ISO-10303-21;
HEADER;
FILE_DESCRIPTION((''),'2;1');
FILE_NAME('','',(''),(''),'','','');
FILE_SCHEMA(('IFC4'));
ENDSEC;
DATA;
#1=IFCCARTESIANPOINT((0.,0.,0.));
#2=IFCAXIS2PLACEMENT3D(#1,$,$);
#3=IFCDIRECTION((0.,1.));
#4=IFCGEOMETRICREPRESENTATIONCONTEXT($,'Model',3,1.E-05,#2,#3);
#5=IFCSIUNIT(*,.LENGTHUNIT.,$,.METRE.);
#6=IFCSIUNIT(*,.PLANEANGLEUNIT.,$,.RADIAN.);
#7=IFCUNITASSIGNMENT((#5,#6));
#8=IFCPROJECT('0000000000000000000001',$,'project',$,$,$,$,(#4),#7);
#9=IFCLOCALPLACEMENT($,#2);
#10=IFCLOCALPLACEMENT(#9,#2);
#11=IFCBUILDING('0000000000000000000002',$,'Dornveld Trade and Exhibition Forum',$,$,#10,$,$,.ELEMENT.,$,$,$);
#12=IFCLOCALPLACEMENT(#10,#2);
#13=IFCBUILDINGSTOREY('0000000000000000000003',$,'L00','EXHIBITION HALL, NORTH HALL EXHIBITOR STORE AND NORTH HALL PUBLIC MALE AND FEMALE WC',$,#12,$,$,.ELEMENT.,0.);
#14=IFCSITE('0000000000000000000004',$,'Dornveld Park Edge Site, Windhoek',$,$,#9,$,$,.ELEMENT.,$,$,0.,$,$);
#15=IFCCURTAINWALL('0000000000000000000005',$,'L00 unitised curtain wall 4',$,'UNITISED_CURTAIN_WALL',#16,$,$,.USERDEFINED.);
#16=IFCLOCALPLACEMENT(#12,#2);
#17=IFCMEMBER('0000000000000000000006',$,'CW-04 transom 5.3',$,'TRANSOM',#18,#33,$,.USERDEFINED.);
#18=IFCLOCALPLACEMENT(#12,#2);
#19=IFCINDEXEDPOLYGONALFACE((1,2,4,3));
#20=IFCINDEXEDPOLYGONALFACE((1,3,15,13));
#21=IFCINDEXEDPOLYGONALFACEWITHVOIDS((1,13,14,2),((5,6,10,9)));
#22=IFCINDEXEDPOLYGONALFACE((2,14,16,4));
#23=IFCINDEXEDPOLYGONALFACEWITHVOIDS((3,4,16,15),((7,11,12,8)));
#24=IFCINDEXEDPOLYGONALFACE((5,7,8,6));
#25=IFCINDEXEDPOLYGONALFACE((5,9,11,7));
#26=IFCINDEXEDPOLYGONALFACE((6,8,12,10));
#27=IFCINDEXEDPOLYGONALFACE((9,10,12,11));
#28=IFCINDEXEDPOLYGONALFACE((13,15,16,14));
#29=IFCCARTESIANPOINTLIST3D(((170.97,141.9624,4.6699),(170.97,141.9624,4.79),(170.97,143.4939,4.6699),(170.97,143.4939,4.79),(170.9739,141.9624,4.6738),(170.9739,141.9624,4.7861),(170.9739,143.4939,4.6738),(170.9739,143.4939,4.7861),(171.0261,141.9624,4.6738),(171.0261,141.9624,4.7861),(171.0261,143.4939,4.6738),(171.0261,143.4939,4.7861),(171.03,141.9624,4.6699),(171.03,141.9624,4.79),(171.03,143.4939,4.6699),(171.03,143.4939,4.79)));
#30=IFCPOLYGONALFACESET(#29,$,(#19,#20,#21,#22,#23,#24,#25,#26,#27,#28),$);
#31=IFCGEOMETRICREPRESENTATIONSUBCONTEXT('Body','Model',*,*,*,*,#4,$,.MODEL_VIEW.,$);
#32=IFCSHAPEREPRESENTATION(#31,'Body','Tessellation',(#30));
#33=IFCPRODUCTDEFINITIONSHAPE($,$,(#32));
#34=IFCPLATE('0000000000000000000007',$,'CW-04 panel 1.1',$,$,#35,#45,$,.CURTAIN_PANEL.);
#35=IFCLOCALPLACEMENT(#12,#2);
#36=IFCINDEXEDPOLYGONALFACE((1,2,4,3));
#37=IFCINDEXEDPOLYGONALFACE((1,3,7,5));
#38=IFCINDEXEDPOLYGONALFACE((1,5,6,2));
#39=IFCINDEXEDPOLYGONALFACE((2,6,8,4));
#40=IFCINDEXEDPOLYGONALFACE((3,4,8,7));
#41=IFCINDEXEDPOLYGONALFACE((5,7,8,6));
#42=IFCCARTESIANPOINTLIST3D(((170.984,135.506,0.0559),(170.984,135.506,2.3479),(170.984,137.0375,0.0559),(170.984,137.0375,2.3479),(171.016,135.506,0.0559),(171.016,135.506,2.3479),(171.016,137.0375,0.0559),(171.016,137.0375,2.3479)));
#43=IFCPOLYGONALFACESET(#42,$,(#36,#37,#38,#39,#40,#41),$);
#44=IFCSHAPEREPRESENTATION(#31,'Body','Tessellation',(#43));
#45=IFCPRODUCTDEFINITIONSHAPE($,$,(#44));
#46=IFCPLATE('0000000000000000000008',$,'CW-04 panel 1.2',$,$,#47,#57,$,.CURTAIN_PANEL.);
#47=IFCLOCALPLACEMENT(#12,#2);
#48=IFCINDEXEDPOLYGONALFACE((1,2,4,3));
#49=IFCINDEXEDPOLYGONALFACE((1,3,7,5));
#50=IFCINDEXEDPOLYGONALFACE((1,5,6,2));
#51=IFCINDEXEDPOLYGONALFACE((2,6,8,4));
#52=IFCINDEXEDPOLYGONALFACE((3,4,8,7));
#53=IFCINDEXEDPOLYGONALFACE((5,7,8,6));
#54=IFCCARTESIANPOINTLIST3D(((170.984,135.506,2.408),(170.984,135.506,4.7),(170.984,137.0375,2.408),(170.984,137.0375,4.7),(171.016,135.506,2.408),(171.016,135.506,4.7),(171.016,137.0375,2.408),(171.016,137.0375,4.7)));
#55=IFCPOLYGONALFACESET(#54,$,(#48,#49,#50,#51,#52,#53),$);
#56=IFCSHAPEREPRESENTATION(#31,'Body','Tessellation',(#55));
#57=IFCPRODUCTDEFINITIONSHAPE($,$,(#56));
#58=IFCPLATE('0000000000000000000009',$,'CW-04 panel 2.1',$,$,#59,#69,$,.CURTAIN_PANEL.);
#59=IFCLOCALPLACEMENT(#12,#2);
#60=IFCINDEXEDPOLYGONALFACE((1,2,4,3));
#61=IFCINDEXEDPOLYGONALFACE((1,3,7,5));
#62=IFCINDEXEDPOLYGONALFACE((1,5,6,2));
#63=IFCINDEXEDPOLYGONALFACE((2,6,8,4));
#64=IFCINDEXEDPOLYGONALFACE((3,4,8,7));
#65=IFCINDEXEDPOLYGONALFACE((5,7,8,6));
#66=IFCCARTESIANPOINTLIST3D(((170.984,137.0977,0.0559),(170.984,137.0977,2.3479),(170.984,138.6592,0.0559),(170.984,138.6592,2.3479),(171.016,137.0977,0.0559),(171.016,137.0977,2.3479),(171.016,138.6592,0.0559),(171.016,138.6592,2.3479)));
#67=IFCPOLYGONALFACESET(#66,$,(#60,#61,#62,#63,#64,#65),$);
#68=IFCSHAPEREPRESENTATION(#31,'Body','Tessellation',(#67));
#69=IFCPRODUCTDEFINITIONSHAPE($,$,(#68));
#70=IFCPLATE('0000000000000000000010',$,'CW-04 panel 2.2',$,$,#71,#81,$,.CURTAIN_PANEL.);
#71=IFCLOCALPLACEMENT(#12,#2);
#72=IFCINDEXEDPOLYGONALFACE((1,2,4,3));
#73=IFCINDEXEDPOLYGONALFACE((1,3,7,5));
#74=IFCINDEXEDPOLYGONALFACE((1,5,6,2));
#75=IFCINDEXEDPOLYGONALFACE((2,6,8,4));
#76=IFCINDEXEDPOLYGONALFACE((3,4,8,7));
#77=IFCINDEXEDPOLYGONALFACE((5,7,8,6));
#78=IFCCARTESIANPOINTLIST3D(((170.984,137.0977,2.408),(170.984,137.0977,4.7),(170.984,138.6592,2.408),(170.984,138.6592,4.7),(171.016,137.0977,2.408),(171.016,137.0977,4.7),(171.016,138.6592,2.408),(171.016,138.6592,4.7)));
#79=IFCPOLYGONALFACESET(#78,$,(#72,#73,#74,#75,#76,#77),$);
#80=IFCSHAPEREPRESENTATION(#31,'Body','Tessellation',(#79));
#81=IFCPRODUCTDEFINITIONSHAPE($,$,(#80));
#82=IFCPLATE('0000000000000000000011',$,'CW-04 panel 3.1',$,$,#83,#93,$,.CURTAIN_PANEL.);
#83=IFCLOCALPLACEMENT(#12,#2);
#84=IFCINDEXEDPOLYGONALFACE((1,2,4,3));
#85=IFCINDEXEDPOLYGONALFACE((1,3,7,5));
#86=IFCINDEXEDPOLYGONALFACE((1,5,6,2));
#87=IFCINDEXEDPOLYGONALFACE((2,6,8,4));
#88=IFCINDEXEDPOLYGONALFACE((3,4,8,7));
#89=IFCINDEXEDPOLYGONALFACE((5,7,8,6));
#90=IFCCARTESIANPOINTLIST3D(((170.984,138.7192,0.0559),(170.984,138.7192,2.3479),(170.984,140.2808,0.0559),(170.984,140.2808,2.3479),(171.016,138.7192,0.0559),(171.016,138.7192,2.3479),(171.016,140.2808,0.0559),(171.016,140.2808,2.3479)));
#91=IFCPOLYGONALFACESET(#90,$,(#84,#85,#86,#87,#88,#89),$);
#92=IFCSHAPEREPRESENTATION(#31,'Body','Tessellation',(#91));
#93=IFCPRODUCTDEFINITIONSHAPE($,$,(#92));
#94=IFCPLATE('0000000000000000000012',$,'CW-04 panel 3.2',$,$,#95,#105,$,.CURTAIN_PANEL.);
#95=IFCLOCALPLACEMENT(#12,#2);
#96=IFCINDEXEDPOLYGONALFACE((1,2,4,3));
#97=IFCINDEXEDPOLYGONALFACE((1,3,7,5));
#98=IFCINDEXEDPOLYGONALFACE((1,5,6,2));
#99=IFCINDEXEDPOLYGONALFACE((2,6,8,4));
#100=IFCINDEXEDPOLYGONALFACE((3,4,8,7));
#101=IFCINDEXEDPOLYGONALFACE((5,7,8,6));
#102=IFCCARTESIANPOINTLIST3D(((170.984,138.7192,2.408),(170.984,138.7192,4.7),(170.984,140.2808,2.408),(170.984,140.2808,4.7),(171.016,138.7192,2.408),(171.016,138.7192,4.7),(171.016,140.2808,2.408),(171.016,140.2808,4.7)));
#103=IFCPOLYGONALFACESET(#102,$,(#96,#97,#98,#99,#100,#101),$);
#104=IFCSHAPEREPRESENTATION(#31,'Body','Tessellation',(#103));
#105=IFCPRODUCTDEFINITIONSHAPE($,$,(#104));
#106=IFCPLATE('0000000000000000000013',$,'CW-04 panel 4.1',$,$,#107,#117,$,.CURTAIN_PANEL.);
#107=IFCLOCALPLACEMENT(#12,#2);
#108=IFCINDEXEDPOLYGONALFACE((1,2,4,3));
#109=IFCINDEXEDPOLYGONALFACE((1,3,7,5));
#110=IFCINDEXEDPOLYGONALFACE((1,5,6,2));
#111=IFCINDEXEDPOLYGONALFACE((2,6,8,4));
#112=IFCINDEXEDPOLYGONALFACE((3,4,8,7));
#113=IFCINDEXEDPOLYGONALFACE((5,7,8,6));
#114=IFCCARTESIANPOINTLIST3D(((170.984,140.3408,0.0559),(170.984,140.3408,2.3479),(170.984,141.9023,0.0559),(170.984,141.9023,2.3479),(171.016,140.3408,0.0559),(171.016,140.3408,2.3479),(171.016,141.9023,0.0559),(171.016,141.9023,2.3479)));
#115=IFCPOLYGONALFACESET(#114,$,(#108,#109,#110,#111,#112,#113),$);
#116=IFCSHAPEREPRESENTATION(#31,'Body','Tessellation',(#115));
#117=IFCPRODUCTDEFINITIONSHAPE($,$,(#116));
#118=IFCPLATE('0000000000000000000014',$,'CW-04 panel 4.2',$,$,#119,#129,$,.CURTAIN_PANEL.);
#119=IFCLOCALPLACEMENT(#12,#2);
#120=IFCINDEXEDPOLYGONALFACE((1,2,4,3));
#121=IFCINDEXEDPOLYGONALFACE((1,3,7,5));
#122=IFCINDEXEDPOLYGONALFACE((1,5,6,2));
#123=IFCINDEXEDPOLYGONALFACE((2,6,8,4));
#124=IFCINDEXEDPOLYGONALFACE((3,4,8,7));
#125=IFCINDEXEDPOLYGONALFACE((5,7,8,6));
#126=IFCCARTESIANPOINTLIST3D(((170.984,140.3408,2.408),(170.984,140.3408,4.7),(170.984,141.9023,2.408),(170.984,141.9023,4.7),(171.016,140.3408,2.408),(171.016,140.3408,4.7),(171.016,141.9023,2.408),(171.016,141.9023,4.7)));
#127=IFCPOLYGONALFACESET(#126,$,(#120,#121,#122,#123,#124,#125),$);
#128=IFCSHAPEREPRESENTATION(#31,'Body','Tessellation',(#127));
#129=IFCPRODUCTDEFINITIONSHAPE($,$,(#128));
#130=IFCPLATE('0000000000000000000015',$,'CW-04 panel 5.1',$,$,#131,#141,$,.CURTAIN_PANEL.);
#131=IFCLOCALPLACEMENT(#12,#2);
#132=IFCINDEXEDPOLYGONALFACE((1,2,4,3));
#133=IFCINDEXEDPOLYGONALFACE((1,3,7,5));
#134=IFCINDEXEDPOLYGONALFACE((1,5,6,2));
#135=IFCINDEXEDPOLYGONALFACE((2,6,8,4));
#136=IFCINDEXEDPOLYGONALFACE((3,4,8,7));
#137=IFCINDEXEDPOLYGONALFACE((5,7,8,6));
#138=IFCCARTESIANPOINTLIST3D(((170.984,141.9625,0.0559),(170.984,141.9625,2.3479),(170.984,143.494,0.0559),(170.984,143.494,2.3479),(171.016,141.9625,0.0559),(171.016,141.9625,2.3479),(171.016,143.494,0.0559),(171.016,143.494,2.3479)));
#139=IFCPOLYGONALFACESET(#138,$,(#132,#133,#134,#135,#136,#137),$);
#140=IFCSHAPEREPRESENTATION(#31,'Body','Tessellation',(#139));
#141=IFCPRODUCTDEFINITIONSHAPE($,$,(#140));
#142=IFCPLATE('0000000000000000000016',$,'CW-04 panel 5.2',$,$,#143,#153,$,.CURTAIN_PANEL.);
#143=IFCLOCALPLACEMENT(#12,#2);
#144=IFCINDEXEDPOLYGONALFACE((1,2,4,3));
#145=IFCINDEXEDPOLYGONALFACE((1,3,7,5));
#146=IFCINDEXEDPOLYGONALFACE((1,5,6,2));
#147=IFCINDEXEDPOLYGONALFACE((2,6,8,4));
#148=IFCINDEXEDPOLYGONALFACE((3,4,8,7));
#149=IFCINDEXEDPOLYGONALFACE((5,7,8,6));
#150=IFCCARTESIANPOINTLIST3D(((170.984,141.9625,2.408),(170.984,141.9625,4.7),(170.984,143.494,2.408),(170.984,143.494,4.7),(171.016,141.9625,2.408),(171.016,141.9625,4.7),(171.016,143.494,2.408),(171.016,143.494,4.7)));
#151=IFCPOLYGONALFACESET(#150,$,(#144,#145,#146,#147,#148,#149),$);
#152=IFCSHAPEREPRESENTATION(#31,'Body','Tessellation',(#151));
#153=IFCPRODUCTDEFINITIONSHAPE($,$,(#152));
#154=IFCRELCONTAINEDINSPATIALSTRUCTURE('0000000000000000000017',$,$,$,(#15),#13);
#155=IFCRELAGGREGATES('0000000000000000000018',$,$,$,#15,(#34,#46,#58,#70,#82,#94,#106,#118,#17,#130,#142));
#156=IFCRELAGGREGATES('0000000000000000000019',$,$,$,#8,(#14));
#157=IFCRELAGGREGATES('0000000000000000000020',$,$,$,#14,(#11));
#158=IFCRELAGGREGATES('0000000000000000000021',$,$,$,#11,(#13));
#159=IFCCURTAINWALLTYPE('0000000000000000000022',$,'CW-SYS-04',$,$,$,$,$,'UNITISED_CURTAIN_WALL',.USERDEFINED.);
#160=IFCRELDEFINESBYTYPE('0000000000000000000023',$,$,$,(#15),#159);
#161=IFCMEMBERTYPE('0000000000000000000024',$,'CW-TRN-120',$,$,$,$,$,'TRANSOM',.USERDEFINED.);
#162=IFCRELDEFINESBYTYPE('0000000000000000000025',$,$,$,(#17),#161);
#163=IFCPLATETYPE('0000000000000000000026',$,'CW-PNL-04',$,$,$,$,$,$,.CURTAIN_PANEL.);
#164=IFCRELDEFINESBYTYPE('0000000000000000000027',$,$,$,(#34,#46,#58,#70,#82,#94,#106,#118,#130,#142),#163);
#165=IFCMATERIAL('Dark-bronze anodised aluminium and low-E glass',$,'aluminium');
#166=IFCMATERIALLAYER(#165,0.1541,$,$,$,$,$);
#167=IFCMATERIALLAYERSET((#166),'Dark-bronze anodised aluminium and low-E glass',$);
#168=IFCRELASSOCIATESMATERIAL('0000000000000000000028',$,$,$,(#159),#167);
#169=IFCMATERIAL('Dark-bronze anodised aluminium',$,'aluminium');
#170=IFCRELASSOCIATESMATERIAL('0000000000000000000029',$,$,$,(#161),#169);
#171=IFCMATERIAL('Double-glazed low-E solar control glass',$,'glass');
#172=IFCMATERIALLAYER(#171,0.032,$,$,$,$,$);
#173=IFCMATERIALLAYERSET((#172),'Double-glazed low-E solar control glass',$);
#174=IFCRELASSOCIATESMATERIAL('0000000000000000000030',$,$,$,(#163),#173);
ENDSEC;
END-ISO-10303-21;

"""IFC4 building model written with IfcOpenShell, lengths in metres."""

from ifc_helpers import new_model, si_unit, direction, frame, origin, origin_2d, place, context, subcontext, project, spatial, rectangle, hollow_rectangle, extrude, material, layer, layer_set, material_profile, profile_set, type_object, element, aggregate, save


model = new_model("IFC4")

# Units and contexts
model_context = context("Model", 3, precision=1e-05, world=origin(), true_north=direction((0.0, 1.0)))
body_context = subcontext(model_context, "Body", "Model", "MODEL_VIEW")
ifc_project = project(units=[si_unit("LENGTHUNIT", "METRE"), si_unit("PLANEANGLEUNIT", "RADIAN")], contexts=[model_context])

# Site, building, storey
site_placement = place(None, origin())
site = spatial("IfcSite", under=ifc_project, at=site_placement, Name="Dornveld Park Edge Site, Windhoek", CompositionType="ELEMENT", RefElevation=0.0)
building_placement = place(site_placement, origin())
building = spatial("IfcBuilding", under=site, at=building_placement, Name="Dornveld Trade and Exhibition Forum", CompositionType="ELEMENT")
storey_placement = place(building_placement, origin())
storey = spatial("IfcBuildingStorey", under=building, at=storey_placement, Name="L00", Description="EXHIBITION HALL, NORTH HALL EXHIBITOR STORE AND NORTH HALL PUBLIC MALE AND FEMALE WC", CompositionType="ELEMENT", Elevation=0.0)

# Curtain wall, member, plates
ifc_material_1 = material(Name="Dark-bronze anodised aluminium and low-E glass", Category="aluminium")
ifc_layer_1 = layer(ifc_material_1, 0.1541)
ifc_layer_set_1 = layer_set([ifc_layer_1], Name="Dark-bronze anodised aluminium and low-E glass")
curtain_wall_type = type_object("IfcCurtainWallType", Name="CW-SYS-04", ElementType="UNITISED_CURTAIN_WALL", PredefinedType="USERDEFINED", material=ifc_layer_set_1)
curtain_wall_placement = place(storey_placement, origin())
curtain_wall = element("IfcCurtainWall", 1, at=curtain_wall_placement, inside=storey, type_object=curtain_wall_type, Name="L00 unitised curtain wall 4", ObjectType="UNITISED_CURTAIN_WALL", PredefinedType="USERDEFINED")
ifc_material_2 = material(Name="Dark-bronze anodised aluminium", Category="aluminium")
ifc_material_profile_1 = material_profile(ifc_material_2, hollow_rectangle(XDim=0.0601, YDim=0.1201, WallThickness=0.0039, at=origin_2d()), Name="RHS 120x60x4")
ifc_profile_set_1 = profile_set([ifc_material_profile_1], Name="Dark-bronze anodised aluminium")
member_type_1 = type_object("IfcMemberType", Name="CW-TRN-120", ElementType="TRANSOM", PredefinedType="USERDEFINED", material=ifc_profile_set_1)
member_1_placement = place(storey_placement, frame((171.0, 141.9624, 4.73), z_axis=(0.0, 1.0, 0.0), x_axis=(-1.0, 0.0, 0.0)))
member_1 = element("IfcMember", 2, at=member_1_placement, type_object=member_type_1, Name="CW-04 transom 5.3", ObjectType="TRANSOM", PredefinedType="USERDEFINED", context=body_context, shape_type="SweptSolid", body=[
    extrude(hollow_rectangle(XDim=0.0601, YDim=0.1201, WallThickness=0.0039, at=origin_2d()), origin(), (0.0, 0.0, 1.0), 1.5315),
])
ifc_material_3 = material(Name="Double-glazed low-E solar control glass", Category="glass")
ifc_layer_2 = layer(ifc_material_3, 0.032)
ifc_layer_set_2 = layer_set([ifc_layer_2], Name="Double-glazed low-E solar control glass")
plate_type = type_object("IfcPlateType", Name="CW-PNL-04", PredefinedType="CURTAIN_PANEL", material=ifc_layer_set_2)
plate_1_placement = place(storey_placement, frame((171.0, 136.2717, 0.0559), z_axis=(0.0, 0.0, 1.0), x_axis=(0.0, 1.0, 0.0)))
plate_1 = element("IfcPlate", 3, at=plate_1_placement, type_object=plate_type, Name="CW-04 panel 1.1", PredefinedType="CURTAIN_PANEL", context=body_context, shape_type="SweptSolid", body=[
    extrude(rectangle(XDim=1.5315, YDim=0.032, at=origin_2d()), origin(), (0.0, 0.0, 1.0), 2.292),
])
plate_2_placement = place(storey_placement, frame((171.0, 136.2717, 2.408), z_axis=(0.0, 0.0, 1.0), x_axis=(0.0, 1.0, 0.0)))
plate_2 = element("IfcPlate", 4, at=plate_2_placement, type_object=plate_type, Name="CW-04 panel 1.2", PredefinedType="CURTAIN_PANEL", context=body_context, shape_type="SweptSolid", body=[
    extrude(rectangle(XDim=1.5315, YDim=0.032, at=origin_2d()), origin(), (0.0, 0.0, 1.0), 2.292),
])
plate_3_placement = place(storey_placement, frame((171.0, 137.8784, 0.0559), z_axis=(0.0, 0.0, 1.0), x_axis=(0.0, 1.0, 0.0)))
plate_3 = element("IfcPlate", 5, at=plate_3_placement, type_object=plate_type, Name="CW-04 panel 2.1", PredefinedType="CURTAIN_PANEL", context=body_context, shape_type="SweptSolid", body=[
    extrude(rectangle(XDim=1.5615, YDim=0.032, at=origin_2d()), origin(), (0.0, 0.0, 1.0), 2.292),
])
plate_4_placement = place(storey_placement, frame((171.0, 137.8784, 2.408), z_axis=(0.0, 0.0, 1.0), x_axis=(0.0, 1.0, 0.0)))
plate_4 = element("IfcPlate", 6, at=plate_4_placement, type_object=plate_type, Name="CW-04 panel 2.2", PredefinedType="CURTAIN_PANEL", context=body_context, shape_type="SweptSolid", body=[
    extrude(rectangle(XDim=1.5615, YDim=0.032, at=origin_2d()), origin(), (0.0, 0.0, 1.0), 2.292),
])
plate_5_placement = place(storey_placement, frame((171.0, 139.5, 0.0559), z_axis=(0.0, 0.0, 1.0), x_axis=(0.0, 1.0, 0.0)))
plate_5 = element("IfcPlate", 7, at=plate_5_placement, type_object=plate_type, Name="CW-04 panel 3.1", PredefinedType="CURTAIN_PANEL", context=body_context, shape_type="SweptSolid", body=[
    extrude(rectangle(XDim=1.5615, YDim=0.032, at=origin_2d()), origin(), (0.0, 0.0, 1.0), 2.292),
])
plate_6_placement = place(storey_placement, frame((171.0, 139.5, 2.408), z_axis=(0.0, 0.0, 1.0), x_axis=(0.0, 1.0, 0.0)))
plate_6 = element("IfcPlate", 8, at=plate_6_placement, type_object=plate_type, Name="CW-04 panel 3.2", PredefinedType="CURTAIN_PANEL", context=body_context, shape_type="SweptSolid", body=[
    extrude(rectangle(XDim=1.5615, YDim=0.032, at=origin_2d()), origin(), (0.0, 0.0, 1.0), 2.292),
])
plate_7_placement = place(storey_placement, frame((171.0, 141.1216, 0.0559), z_axis=(0.0, 0.0, 1.0), x_axis=(0.0, 1.0, 0.0)))
plate_7 = element("IfcPlate", 9, at=plate_7_placement, type_object=plate_type, Name="CW-04 panel 4.1", PredefinedType="CURTAIN_PANEL", context=body_context, shape_type="SweptSolid", body=[
    extrude(rectangle(XDim=1.5615, YDim=0.032, at=origin_2d()), origin(), (0.0, 0.0, 1.0), 2.292),
])
plate_8_placement = place(storey_placement, frame((171.0, 141.1216, 2.408), z_axis=(0.0, 0.0, 1.0), x_axis=(0.0, 1.0, 0.0)))
plate_8 = element("IfcPlate", 10, at=plate_8_placement, type_object=plate_type, Name="CW-04 panel 4.2", PredefinedType="CURTAIN_PANEL", context=body_context, shape_type="SweptSolid", body=[
    extrude(rectangle(XDim=1.5615, YDim=0.032, at=origin_2d()), origin(), (0.0, 0.0, 1.0), 2.292),
])
plate_9_placement = place(storey_placement, frame((171.0, 142.7283, 0.0559), z_axis=(0.0, 0.0, 1.0), x_axis=(0.0, 1.0, 0.0)))
plate_9 = element("IfcPlate", 11, at=plate_9_placement, type_object=plate_type, Name="CW-04 panel 5.1", PredefinedType="CURTAIN_PANEL", context=body_context, shape_type="SweptSolid", body=[
    extrude(rectangle(XDim=1.5315, YDim=0.032, at=origin_2d()), origin(), (0.0, 0.0, 1.0), 2.292),
])
plate_10_placement = place(storey_placement, frame((171.0, 142.7283, 2.408), z_axis=(0.0, 0.0, 1.0), x_axis=(0.0, 1.0, 0.0)))
plate_10 = element("IfcPlate", 12, at=plate_10_placement, type_object=plate_type, Name="CW-04 panel 5.2", PredefinedType="CURTAIN_PANEL", context=body_context, shape_type="SweptSolid", body=[
    extrude(rectangle(XDim=1.5315, YDim=0.032, at=origin_2d()), origin(), (0.0, 0.0, 1.0), 2.292),
])
aggregate(curtain_wall, [plate_1, plate_2, plate_3, plate_4, plate_5, plate_6, plate_7, plate_8, member_1, plate_9, plate_10])

save(model, "model.ifc")
